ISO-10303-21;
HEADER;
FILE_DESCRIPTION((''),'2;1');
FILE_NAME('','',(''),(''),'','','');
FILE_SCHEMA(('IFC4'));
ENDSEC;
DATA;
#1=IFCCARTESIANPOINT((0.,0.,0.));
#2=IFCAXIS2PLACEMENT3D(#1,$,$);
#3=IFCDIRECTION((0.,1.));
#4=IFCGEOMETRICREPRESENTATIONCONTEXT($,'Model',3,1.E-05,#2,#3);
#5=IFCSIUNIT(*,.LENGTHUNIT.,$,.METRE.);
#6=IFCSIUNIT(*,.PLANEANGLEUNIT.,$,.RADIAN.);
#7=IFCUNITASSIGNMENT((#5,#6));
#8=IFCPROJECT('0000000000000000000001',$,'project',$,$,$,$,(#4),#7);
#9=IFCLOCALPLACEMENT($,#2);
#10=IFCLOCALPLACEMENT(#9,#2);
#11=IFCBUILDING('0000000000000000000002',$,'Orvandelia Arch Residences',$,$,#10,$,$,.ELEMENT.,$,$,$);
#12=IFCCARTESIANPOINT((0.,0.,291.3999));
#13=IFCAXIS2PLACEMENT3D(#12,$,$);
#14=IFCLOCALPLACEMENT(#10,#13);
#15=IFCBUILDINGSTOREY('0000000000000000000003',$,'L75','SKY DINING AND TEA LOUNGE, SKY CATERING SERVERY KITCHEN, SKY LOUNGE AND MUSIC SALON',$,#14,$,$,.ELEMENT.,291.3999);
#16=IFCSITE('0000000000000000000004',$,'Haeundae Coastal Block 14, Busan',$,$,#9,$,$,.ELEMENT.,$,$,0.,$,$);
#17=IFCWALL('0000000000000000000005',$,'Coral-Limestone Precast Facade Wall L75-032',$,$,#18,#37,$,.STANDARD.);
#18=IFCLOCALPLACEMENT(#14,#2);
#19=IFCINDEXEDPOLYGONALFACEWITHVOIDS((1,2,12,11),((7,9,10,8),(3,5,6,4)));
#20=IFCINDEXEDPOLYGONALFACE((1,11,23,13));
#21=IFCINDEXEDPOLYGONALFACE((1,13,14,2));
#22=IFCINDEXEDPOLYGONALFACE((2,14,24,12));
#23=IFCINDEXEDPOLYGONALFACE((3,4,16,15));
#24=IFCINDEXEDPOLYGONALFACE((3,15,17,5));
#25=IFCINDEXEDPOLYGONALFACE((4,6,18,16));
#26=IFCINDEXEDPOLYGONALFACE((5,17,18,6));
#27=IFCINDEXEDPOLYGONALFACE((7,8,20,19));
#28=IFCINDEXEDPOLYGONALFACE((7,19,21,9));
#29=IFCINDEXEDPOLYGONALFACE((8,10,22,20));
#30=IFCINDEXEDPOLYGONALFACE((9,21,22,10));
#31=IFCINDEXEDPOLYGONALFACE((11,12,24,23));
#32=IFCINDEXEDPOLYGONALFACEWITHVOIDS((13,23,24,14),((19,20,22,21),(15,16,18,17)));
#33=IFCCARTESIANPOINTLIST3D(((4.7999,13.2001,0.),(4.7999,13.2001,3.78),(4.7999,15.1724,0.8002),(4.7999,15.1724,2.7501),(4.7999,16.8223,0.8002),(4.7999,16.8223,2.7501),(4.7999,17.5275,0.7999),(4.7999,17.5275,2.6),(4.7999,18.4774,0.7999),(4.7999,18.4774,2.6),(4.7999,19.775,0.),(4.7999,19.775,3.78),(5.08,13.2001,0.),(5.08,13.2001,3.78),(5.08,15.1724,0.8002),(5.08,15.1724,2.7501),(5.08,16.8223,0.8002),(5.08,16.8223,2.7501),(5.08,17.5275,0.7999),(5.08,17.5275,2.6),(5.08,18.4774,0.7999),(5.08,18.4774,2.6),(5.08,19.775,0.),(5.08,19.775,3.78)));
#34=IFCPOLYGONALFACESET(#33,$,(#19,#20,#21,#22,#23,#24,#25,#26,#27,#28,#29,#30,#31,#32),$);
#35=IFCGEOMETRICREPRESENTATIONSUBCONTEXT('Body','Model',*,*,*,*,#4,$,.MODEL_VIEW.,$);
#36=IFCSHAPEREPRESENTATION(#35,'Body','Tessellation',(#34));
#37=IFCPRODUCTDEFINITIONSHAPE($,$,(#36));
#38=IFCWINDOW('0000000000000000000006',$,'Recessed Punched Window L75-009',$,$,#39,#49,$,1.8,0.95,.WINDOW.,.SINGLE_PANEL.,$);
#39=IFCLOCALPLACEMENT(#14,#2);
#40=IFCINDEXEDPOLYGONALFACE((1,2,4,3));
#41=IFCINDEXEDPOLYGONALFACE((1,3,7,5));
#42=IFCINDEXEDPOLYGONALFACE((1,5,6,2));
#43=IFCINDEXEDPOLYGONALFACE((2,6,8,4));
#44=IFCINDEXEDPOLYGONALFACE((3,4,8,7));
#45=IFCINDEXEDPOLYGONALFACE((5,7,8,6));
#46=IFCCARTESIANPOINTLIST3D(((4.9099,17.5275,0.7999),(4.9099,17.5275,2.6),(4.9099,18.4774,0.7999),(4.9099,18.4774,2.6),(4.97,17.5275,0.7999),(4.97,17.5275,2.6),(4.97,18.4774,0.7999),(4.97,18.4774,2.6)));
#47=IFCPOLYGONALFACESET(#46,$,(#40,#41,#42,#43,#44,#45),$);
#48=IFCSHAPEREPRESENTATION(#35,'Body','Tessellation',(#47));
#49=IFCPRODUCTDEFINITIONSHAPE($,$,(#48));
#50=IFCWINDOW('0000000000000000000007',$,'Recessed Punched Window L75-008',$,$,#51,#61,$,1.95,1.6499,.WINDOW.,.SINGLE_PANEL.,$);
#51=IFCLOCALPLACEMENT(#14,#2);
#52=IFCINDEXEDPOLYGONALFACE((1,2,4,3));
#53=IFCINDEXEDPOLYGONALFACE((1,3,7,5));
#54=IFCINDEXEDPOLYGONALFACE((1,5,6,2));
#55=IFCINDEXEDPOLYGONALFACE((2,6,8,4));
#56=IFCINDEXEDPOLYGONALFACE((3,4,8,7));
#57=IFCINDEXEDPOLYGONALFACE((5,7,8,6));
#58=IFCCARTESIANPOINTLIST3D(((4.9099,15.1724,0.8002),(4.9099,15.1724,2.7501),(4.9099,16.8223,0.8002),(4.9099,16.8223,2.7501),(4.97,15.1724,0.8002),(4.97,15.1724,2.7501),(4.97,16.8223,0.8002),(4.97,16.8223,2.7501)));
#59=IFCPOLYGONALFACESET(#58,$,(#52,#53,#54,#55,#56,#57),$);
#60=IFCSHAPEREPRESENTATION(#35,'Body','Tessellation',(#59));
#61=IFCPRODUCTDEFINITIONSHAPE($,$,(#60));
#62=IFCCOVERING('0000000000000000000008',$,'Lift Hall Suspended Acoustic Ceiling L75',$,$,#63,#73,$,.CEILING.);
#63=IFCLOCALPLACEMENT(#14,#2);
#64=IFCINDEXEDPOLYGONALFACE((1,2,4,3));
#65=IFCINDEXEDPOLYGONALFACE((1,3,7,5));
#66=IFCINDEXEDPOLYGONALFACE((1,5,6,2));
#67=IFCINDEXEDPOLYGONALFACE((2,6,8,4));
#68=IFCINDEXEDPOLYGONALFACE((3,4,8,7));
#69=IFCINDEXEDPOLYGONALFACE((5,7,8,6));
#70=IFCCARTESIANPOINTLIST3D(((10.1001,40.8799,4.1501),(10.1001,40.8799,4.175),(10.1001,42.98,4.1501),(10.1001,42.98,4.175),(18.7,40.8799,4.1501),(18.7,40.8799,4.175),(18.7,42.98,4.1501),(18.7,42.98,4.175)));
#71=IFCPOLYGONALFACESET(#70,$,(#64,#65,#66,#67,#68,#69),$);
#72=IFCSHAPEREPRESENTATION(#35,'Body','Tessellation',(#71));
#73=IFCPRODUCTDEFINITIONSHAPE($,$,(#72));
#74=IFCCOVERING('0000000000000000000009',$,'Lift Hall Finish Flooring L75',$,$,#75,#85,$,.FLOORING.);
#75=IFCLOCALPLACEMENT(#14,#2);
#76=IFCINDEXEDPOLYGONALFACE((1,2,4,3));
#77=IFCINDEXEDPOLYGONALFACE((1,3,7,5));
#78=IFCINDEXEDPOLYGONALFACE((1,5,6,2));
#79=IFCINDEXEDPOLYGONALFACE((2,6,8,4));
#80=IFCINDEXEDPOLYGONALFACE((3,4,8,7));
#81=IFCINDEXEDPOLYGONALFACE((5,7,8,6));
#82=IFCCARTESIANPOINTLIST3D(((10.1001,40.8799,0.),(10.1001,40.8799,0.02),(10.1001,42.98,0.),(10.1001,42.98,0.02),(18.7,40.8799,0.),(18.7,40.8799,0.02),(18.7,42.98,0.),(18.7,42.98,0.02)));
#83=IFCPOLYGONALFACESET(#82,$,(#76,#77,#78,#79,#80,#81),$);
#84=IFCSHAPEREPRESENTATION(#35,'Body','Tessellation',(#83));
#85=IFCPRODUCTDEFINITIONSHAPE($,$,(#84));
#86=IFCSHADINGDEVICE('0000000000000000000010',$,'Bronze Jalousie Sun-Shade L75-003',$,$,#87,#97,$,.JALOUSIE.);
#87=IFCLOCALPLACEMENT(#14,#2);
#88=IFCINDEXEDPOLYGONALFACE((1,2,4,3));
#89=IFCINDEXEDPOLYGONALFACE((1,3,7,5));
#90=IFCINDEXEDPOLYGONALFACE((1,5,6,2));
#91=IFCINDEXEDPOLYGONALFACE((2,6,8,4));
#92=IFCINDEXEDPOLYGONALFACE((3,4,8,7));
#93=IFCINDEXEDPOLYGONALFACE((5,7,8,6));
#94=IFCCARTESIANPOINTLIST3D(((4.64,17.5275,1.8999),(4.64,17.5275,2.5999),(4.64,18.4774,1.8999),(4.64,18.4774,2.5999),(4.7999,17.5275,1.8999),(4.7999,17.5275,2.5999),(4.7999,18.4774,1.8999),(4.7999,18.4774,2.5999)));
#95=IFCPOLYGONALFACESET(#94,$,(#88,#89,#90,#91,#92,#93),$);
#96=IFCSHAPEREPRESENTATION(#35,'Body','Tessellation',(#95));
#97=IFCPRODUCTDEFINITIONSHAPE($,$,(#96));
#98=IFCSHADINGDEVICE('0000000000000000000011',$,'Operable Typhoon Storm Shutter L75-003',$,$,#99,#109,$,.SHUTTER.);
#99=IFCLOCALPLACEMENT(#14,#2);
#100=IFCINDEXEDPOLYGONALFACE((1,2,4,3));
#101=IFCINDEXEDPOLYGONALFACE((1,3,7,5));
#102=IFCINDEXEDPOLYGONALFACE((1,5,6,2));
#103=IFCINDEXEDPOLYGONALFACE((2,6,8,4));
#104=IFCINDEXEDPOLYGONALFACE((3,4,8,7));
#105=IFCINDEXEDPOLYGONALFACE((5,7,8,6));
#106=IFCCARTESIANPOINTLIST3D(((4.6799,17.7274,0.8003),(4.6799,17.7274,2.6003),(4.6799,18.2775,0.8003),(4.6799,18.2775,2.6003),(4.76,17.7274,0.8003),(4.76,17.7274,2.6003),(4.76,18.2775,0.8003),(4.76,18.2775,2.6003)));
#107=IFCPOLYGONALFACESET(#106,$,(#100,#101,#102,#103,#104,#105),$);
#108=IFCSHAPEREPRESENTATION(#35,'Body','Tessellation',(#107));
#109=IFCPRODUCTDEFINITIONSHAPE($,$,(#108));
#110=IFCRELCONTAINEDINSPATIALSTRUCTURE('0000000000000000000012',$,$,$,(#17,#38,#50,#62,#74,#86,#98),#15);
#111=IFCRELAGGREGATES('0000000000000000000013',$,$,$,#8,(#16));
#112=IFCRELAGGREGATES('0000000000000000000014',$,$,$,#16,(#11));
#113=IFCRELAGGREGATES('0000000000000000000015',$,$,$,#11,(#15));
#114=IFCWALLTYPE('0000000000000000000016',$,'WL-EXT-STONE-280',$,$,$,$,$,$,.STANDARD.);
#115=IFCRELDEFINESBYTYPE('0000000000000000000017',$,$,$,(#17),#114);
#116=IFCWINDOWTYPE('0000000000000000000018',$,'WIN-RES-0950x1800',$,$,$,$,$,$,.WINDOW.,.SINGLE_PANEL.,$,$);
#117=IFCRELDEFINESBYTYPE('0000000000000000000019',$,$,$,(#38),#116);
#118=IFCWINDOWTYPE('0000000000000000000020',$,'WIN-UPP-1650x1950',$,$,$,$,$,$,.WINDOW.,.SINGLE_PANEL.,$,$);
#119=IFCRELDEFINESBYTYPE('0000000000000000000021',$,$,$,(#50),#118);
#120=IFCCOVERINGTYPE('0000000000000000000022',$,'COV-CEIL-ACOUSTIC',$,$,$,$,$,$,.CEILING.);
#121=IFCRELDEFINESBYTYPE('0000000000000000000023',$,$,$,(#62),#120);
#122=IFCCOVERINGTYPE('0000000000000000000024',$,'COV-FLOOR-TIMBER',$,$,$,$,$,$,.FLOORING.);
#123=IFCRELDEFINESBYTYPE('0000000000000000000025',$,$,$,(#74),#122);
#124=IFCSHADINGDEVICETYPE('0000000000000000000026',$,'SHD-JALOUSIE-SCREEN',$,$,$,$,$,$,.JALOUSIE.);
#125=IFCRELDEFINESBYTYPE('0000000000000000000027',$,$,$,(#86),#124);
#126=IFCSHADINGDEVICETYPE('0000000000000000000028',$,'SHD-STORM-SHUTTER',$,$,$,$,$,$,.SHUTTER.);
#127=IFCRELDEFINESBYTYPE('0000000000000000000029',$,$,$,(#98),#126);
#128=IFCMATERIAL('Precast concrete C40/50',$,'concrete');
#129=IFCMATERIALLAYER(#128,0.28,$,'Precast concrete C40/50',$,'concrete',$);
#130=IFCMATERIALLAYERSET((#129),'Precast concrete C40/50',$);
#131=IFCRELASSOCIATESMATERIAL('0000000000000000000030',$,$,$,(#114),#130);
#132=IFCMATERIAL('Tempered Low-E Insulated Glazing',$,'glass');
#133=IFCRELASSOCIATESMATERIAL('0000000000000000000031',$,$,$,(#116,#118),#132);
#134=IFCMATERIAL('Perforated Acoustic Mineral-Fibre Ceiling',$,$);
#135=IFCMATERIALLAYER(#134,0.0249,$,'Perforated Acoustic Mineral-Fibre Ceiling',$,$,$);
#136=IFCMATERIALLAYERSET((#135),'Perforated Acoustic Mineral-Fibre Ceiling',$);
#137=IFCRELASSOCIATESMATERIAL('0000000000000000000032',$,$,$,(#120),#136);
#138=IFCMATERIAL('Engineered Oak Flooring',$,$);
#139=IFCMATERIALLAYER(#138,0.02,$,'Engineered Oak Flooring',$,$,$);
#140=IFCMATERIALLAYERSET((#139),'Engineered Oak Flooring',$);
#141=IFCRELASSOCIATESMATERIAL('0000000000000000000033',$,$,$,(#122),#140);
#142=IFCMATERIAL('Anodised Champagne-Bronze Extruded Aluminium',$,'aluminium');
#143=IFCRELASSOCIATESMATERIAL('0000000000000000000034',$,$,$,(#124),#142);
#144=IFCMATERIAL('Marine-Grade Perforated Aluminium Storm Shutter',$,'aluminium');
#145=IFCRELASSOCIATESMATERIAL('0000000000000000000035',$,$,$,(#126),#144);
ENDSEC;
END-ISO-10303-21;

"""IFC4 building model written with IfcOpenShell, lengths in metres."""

from ifc_helpers import new_model, si_unit, direction, frame, frame_2d, origin, origin_2d, place, context, subcontext, project, spatial, polyline, rectangle, outline, extrude, material, layer, layer_set, type_object, element, fill, save


model = new_model("IFC4")

# Units and contexts
model_context = context("Model", 3, precision=1e-05, world=origin(), true_north=direction((0.0, 1.0)))
body_context = subcontext(model_context, "Body", "Model", "MODEL_VIEW")
ifc_project = project(units=[si_unit("LENGTHUNIT", "METRE"), si_unit("PLANEANGLEUNIT", "RADIAN")], contexts=[model_context])

# Site, building, storey
site_placement = place(None, origin())
site = spatial("IfcSite", under=ifc_project, at=site_placement, Name="Haeundae Coastal Block 14, Busan", CompositionType="ELEMENT", RefElevation=0.0)
building_placement = place(site_placement, origin())
building = spatial("IfcBuilding", under=site, at=building_placement, Name="Orvandelia Arch Residences", CompositionType="ELEMENT")
storey_placement = place(building_placement, frame((0.0, 0.0, 291.3999)))
storey = spatial("IfcBuildingStorey", under=building, at=storey_placement, Name="L75", Description="SKY DINING AND TEA LOUNGE, SKY CATERING SERVERY KITCHEN, SKY LOUNGE AND MUSIC SALON", CompositionType="ELEMENT", Elevation=291.3999)

# Shared definitions
ifc_material_1 = material(Name="Precast concrete C40/50", Category="concrete")
ifc_layer_1 = layer(ifc_material_1, 0.28, Name="Precast concrete C40/50", Category="concrete")
ifc_layer_set_1 = layer_set([ifc_layer_1], Name="Precast concrete C40/50")
wall_type_1 = type_object("IfcWallType", Name="WL-EXT-STONE-280", PredefinedType="STANDARD", material=ifc_layer_set_1)

# Wall, openings, windows
wall_1_placement = place(storey_placement, frame((4.9399, 13.2, 0.0), z_axis=(0.0, 0.0, 1.0), x_axis=(0.0, 1.0, 0.0)))
wall_1 = element("IfcWall", 1, at=wall_1_placement, inside=storey, type_object=wall_type_1, Name="Coral-Limestone Precast Facade Wall L75-032", PredefinedType="STANDARD", context=body_context, shape_type="SweptSolid", body=[
    extrude(rectangle(XDim=6.575, YDim=0.28, at=frame_2d((3.2876, 0.0))), origin(), (0.0, 0.0, 1.0), 3.78),
])
opening_1_placement = place(wall_1_placement, frame((1.9724, 0.0, 0.8)))
opening_1 = element("IfcOpeningElement", 2, at=opening_1_placement, cuts=wall_1, PredefinedType="OPENING", context=body_context, shape_type="SweptSolid", body=[
    extrude(rectangle(XDim=1.6499, YDim=1.95, at=frame_2d((0.825, 0.9751))), frame((0.0, 0.1499, 0.0), z_axis=(0.0, -1.0, 0.0), x_axis=(1.0, 0.0, 0.0)), (0.0, 0.0, 1.0), 0.3),
])
opening_2_placement = place(wall_1_placement, frame((4.3274, 0.0, 0.8)))
opening_2 = element("IfcOpeningElement", 3, at=opening_2_placement, cuts=wall_1, PredefinedType="OPENING", context=body_context, shape_type="SweptSolid", body=[
    extrude(rectangle(XDim=0.95, YDim=1.8, at=frame_2d((0.4751, 0.8999))), frame((0.0, 0.1499, 0.0), z_axis=(0.0, -1.0, 0.0), x_axis=(1.0, 0.0, 0.0)), (0.0, 0.0, 1.0), 0.3),
])
ifc_material_2 = material(Name="Tempered Low-E Insulated Glazing", Category="glass")
window_type_1 = type_object("IfcWindowType", Name="WIN-RES-0950x1800", PartitioningType="SINGLE_PANEL", PredefinedType="WINDOW", material=ifc_material_2)
window_1_placement = place(opening_2_placement, origin())
window_1 = element("IfcWindow", 4, at=window_1_placement, inside=storey, type_object=window_type_1, Name="Recessed Punched Window L75-009", OverallHeight=1.8, OverallWidth=0.95, PartitioningType="SINGLE_PANEL", PredefinedType="WINDOW", context=body_context, shape_type="SweptSolid", body=[
    extrude(rectangle(XDim=0.95, YDim=1.8, at=frame_2d((0.4751, 0.8999))), frame((0.0, 0.03, 0.0), z_axis=(0.0, -1.0, 0.0), x_axis=(1.0, 0.0, 0.0)), (0.0, 0.0, 1.0), 0.0601),
])
fill(opening_2, window_1)
window_type_2 = type_object("IfcWindowType", Name="WIN-UPP-1650x1950", PartitioningType="SINGLE_PANEL", PredefinedType="WINDOW", material=ifc_material_2)
window_2_placement = place(opening_1_placement, origin())
window_2 = element("IfcWindow", 5, at=window_2_placement, inside=storey, type_object=window_type_2, Name="Recessed Punched Window L75-008", OverallHeight=1.95, OverallWidth=1.6499, PartitioningType="SINGLE_PANEL", PredefinedType="WINDOW", context=body_context, shape_type="SweptSolid", body=[
    extrude(rectangle(XDim=1.6499, YDim=1.95, at=frame_2d((0.825, 0.9751))), frame((0.0, 0.03, 0.0), z_axis=(0.0, -1.0, 0.0), x_axis=(1.0, 0.0, 0.0)), (0.0, 0.0, 1.0), 0.0601),
])
fill(opening_1, window_2)

# Coverings
ifc_material_3 = material(Name="Perforated Acoustic Mineral-Fibre Ceiling")
ifc_layer_2 = layer(ifc_material_3, 0.0249, Name="Perforated Acoustic Mineral-Fibre Ceiling")
ifc_layer_set_2 = layer_set([ifc_layer_2], Name="Perforated Acoustic Mineral-Fibre Ceiling")
covering_type_1 = type_object("IfcCoveringType", Name="COV-CEIL-ACOUSTIC", PredefinedType="CEILING", material=ifc_layer_set_2)
covering_1_placement = place(storey_placement, frame((0.0, 0.0, 4.1501)))
element("IfcCovering", 6, at=covering_1_placement, inside=storey, type_object=covering_type_1, Name="Lift Hall Suspended Acoustic Ceiling L75", PredefinedType="CEILING", context=body_context, shape_type="SweptSolid", body=[
    extrude(outline(polyline([(10.1001, 40.8799), (18.7, 40.8799), (18.7, 42.98), (10.1001, 42.98), (10.1001, 40.8799)])), origin(), (0.0, 0.0, 1.0), 0.0249),
])
ifc_material_4 = material(Name="Engineered Oak Flooring")
ifc_layer_3 = layer(ifc_material_4, 0.02, Name="Engineered Oak Flooring")
ifc_layer_set_3 = layer_set([ifc_layer_3], Name="Engineered Oak Flooring")
covering_type_2 = type_object("IfcCoveringType", Name="COV-FLOOR-TIMBER", PredefinedType="FLOORING", material=ifc_layer_set_3)
covering_2_placement = place(storey_placement, origin())
element("IfcCovering", 7, at=covering_2_placement, inside=storey, type_object=covering_type_2, Name="Lift Hall Finish Flooring L75", PredefinedType="FLOORING", context=body_context, shape_type="SweptSolid", body=[
    extrude(outline(polyline([(10.1001, 40.8799), (18.7, 40.8799), (18.7, 42.98), (10.1001, 42.98), (10.1001, 40.8799)])), origin(), (0.0, 0.0, 1.0), 0.02),
])

# Shading devices
ifc_material_5 = material(Name="Anodised Champagne-Bronze Extruded Aluminium", Category="aluminium")
shading_device_type_1 = type_object("IfcShadingDeviceType", Name="SHD-JALOUSIE-SCREEN", PredefinedType="JALOUSIE", material=ifc_material_5)
shading_device_1_placement = place(storey_placement, frame((4.72, 18.0024, 1.8999), z_axis=(0.0, 0.0, 1.0), x_axis=(0.0, 1.0, 0.0)))
element("IfcShadingDevice", 8, at=shading_device_1_placement, inside=storey, type_object=shading_device_type_1, Name="Bronze Jalousie Sun-Shade L75-003", PredefinedType="JALOUSIE", context=body_context, shape_type="SweptSolid", body=[
    extrude(rectangle(XDim=0.95, YDim=0.1599, at=origin_2d()), origin(), (0.0, 0.0, 1.0), 0.7),
])
ifc_material_6 = material(Name="Marine-Grade Perforated Aluminium Storm Shutter", Category="aluminium")
shading_device_type_2 = type_object("IfcShadingDeviceType", Name="SHD-STORM-SHUTTER", PredefinedType="SHUTTER", material=ifc_material_6)
shading_device_2_placement = place(storey_placement, frame((4.72, 18.0024, 0.8003), z_axis=(0.0, 0.0, 1.0), x_axis=(0.0, 1.0, 0.0)))
element("IfcShadingDevice", 9, at=shading_device_2_placement, inside=storey, type_object=shading_device_type_2, Name="Operable Typhoon Storm Shutter L75-003", PredefinedType="SHUTTER", context=body_context, shape_type="SweptSolid", body=[
    extrude(rectangle(XDim=0.55, YDim=0.0801, at=origin_2d()), origin(), (0.0, 0.0, 1.0), 1.8),
])

save(model, "model.ifc")
